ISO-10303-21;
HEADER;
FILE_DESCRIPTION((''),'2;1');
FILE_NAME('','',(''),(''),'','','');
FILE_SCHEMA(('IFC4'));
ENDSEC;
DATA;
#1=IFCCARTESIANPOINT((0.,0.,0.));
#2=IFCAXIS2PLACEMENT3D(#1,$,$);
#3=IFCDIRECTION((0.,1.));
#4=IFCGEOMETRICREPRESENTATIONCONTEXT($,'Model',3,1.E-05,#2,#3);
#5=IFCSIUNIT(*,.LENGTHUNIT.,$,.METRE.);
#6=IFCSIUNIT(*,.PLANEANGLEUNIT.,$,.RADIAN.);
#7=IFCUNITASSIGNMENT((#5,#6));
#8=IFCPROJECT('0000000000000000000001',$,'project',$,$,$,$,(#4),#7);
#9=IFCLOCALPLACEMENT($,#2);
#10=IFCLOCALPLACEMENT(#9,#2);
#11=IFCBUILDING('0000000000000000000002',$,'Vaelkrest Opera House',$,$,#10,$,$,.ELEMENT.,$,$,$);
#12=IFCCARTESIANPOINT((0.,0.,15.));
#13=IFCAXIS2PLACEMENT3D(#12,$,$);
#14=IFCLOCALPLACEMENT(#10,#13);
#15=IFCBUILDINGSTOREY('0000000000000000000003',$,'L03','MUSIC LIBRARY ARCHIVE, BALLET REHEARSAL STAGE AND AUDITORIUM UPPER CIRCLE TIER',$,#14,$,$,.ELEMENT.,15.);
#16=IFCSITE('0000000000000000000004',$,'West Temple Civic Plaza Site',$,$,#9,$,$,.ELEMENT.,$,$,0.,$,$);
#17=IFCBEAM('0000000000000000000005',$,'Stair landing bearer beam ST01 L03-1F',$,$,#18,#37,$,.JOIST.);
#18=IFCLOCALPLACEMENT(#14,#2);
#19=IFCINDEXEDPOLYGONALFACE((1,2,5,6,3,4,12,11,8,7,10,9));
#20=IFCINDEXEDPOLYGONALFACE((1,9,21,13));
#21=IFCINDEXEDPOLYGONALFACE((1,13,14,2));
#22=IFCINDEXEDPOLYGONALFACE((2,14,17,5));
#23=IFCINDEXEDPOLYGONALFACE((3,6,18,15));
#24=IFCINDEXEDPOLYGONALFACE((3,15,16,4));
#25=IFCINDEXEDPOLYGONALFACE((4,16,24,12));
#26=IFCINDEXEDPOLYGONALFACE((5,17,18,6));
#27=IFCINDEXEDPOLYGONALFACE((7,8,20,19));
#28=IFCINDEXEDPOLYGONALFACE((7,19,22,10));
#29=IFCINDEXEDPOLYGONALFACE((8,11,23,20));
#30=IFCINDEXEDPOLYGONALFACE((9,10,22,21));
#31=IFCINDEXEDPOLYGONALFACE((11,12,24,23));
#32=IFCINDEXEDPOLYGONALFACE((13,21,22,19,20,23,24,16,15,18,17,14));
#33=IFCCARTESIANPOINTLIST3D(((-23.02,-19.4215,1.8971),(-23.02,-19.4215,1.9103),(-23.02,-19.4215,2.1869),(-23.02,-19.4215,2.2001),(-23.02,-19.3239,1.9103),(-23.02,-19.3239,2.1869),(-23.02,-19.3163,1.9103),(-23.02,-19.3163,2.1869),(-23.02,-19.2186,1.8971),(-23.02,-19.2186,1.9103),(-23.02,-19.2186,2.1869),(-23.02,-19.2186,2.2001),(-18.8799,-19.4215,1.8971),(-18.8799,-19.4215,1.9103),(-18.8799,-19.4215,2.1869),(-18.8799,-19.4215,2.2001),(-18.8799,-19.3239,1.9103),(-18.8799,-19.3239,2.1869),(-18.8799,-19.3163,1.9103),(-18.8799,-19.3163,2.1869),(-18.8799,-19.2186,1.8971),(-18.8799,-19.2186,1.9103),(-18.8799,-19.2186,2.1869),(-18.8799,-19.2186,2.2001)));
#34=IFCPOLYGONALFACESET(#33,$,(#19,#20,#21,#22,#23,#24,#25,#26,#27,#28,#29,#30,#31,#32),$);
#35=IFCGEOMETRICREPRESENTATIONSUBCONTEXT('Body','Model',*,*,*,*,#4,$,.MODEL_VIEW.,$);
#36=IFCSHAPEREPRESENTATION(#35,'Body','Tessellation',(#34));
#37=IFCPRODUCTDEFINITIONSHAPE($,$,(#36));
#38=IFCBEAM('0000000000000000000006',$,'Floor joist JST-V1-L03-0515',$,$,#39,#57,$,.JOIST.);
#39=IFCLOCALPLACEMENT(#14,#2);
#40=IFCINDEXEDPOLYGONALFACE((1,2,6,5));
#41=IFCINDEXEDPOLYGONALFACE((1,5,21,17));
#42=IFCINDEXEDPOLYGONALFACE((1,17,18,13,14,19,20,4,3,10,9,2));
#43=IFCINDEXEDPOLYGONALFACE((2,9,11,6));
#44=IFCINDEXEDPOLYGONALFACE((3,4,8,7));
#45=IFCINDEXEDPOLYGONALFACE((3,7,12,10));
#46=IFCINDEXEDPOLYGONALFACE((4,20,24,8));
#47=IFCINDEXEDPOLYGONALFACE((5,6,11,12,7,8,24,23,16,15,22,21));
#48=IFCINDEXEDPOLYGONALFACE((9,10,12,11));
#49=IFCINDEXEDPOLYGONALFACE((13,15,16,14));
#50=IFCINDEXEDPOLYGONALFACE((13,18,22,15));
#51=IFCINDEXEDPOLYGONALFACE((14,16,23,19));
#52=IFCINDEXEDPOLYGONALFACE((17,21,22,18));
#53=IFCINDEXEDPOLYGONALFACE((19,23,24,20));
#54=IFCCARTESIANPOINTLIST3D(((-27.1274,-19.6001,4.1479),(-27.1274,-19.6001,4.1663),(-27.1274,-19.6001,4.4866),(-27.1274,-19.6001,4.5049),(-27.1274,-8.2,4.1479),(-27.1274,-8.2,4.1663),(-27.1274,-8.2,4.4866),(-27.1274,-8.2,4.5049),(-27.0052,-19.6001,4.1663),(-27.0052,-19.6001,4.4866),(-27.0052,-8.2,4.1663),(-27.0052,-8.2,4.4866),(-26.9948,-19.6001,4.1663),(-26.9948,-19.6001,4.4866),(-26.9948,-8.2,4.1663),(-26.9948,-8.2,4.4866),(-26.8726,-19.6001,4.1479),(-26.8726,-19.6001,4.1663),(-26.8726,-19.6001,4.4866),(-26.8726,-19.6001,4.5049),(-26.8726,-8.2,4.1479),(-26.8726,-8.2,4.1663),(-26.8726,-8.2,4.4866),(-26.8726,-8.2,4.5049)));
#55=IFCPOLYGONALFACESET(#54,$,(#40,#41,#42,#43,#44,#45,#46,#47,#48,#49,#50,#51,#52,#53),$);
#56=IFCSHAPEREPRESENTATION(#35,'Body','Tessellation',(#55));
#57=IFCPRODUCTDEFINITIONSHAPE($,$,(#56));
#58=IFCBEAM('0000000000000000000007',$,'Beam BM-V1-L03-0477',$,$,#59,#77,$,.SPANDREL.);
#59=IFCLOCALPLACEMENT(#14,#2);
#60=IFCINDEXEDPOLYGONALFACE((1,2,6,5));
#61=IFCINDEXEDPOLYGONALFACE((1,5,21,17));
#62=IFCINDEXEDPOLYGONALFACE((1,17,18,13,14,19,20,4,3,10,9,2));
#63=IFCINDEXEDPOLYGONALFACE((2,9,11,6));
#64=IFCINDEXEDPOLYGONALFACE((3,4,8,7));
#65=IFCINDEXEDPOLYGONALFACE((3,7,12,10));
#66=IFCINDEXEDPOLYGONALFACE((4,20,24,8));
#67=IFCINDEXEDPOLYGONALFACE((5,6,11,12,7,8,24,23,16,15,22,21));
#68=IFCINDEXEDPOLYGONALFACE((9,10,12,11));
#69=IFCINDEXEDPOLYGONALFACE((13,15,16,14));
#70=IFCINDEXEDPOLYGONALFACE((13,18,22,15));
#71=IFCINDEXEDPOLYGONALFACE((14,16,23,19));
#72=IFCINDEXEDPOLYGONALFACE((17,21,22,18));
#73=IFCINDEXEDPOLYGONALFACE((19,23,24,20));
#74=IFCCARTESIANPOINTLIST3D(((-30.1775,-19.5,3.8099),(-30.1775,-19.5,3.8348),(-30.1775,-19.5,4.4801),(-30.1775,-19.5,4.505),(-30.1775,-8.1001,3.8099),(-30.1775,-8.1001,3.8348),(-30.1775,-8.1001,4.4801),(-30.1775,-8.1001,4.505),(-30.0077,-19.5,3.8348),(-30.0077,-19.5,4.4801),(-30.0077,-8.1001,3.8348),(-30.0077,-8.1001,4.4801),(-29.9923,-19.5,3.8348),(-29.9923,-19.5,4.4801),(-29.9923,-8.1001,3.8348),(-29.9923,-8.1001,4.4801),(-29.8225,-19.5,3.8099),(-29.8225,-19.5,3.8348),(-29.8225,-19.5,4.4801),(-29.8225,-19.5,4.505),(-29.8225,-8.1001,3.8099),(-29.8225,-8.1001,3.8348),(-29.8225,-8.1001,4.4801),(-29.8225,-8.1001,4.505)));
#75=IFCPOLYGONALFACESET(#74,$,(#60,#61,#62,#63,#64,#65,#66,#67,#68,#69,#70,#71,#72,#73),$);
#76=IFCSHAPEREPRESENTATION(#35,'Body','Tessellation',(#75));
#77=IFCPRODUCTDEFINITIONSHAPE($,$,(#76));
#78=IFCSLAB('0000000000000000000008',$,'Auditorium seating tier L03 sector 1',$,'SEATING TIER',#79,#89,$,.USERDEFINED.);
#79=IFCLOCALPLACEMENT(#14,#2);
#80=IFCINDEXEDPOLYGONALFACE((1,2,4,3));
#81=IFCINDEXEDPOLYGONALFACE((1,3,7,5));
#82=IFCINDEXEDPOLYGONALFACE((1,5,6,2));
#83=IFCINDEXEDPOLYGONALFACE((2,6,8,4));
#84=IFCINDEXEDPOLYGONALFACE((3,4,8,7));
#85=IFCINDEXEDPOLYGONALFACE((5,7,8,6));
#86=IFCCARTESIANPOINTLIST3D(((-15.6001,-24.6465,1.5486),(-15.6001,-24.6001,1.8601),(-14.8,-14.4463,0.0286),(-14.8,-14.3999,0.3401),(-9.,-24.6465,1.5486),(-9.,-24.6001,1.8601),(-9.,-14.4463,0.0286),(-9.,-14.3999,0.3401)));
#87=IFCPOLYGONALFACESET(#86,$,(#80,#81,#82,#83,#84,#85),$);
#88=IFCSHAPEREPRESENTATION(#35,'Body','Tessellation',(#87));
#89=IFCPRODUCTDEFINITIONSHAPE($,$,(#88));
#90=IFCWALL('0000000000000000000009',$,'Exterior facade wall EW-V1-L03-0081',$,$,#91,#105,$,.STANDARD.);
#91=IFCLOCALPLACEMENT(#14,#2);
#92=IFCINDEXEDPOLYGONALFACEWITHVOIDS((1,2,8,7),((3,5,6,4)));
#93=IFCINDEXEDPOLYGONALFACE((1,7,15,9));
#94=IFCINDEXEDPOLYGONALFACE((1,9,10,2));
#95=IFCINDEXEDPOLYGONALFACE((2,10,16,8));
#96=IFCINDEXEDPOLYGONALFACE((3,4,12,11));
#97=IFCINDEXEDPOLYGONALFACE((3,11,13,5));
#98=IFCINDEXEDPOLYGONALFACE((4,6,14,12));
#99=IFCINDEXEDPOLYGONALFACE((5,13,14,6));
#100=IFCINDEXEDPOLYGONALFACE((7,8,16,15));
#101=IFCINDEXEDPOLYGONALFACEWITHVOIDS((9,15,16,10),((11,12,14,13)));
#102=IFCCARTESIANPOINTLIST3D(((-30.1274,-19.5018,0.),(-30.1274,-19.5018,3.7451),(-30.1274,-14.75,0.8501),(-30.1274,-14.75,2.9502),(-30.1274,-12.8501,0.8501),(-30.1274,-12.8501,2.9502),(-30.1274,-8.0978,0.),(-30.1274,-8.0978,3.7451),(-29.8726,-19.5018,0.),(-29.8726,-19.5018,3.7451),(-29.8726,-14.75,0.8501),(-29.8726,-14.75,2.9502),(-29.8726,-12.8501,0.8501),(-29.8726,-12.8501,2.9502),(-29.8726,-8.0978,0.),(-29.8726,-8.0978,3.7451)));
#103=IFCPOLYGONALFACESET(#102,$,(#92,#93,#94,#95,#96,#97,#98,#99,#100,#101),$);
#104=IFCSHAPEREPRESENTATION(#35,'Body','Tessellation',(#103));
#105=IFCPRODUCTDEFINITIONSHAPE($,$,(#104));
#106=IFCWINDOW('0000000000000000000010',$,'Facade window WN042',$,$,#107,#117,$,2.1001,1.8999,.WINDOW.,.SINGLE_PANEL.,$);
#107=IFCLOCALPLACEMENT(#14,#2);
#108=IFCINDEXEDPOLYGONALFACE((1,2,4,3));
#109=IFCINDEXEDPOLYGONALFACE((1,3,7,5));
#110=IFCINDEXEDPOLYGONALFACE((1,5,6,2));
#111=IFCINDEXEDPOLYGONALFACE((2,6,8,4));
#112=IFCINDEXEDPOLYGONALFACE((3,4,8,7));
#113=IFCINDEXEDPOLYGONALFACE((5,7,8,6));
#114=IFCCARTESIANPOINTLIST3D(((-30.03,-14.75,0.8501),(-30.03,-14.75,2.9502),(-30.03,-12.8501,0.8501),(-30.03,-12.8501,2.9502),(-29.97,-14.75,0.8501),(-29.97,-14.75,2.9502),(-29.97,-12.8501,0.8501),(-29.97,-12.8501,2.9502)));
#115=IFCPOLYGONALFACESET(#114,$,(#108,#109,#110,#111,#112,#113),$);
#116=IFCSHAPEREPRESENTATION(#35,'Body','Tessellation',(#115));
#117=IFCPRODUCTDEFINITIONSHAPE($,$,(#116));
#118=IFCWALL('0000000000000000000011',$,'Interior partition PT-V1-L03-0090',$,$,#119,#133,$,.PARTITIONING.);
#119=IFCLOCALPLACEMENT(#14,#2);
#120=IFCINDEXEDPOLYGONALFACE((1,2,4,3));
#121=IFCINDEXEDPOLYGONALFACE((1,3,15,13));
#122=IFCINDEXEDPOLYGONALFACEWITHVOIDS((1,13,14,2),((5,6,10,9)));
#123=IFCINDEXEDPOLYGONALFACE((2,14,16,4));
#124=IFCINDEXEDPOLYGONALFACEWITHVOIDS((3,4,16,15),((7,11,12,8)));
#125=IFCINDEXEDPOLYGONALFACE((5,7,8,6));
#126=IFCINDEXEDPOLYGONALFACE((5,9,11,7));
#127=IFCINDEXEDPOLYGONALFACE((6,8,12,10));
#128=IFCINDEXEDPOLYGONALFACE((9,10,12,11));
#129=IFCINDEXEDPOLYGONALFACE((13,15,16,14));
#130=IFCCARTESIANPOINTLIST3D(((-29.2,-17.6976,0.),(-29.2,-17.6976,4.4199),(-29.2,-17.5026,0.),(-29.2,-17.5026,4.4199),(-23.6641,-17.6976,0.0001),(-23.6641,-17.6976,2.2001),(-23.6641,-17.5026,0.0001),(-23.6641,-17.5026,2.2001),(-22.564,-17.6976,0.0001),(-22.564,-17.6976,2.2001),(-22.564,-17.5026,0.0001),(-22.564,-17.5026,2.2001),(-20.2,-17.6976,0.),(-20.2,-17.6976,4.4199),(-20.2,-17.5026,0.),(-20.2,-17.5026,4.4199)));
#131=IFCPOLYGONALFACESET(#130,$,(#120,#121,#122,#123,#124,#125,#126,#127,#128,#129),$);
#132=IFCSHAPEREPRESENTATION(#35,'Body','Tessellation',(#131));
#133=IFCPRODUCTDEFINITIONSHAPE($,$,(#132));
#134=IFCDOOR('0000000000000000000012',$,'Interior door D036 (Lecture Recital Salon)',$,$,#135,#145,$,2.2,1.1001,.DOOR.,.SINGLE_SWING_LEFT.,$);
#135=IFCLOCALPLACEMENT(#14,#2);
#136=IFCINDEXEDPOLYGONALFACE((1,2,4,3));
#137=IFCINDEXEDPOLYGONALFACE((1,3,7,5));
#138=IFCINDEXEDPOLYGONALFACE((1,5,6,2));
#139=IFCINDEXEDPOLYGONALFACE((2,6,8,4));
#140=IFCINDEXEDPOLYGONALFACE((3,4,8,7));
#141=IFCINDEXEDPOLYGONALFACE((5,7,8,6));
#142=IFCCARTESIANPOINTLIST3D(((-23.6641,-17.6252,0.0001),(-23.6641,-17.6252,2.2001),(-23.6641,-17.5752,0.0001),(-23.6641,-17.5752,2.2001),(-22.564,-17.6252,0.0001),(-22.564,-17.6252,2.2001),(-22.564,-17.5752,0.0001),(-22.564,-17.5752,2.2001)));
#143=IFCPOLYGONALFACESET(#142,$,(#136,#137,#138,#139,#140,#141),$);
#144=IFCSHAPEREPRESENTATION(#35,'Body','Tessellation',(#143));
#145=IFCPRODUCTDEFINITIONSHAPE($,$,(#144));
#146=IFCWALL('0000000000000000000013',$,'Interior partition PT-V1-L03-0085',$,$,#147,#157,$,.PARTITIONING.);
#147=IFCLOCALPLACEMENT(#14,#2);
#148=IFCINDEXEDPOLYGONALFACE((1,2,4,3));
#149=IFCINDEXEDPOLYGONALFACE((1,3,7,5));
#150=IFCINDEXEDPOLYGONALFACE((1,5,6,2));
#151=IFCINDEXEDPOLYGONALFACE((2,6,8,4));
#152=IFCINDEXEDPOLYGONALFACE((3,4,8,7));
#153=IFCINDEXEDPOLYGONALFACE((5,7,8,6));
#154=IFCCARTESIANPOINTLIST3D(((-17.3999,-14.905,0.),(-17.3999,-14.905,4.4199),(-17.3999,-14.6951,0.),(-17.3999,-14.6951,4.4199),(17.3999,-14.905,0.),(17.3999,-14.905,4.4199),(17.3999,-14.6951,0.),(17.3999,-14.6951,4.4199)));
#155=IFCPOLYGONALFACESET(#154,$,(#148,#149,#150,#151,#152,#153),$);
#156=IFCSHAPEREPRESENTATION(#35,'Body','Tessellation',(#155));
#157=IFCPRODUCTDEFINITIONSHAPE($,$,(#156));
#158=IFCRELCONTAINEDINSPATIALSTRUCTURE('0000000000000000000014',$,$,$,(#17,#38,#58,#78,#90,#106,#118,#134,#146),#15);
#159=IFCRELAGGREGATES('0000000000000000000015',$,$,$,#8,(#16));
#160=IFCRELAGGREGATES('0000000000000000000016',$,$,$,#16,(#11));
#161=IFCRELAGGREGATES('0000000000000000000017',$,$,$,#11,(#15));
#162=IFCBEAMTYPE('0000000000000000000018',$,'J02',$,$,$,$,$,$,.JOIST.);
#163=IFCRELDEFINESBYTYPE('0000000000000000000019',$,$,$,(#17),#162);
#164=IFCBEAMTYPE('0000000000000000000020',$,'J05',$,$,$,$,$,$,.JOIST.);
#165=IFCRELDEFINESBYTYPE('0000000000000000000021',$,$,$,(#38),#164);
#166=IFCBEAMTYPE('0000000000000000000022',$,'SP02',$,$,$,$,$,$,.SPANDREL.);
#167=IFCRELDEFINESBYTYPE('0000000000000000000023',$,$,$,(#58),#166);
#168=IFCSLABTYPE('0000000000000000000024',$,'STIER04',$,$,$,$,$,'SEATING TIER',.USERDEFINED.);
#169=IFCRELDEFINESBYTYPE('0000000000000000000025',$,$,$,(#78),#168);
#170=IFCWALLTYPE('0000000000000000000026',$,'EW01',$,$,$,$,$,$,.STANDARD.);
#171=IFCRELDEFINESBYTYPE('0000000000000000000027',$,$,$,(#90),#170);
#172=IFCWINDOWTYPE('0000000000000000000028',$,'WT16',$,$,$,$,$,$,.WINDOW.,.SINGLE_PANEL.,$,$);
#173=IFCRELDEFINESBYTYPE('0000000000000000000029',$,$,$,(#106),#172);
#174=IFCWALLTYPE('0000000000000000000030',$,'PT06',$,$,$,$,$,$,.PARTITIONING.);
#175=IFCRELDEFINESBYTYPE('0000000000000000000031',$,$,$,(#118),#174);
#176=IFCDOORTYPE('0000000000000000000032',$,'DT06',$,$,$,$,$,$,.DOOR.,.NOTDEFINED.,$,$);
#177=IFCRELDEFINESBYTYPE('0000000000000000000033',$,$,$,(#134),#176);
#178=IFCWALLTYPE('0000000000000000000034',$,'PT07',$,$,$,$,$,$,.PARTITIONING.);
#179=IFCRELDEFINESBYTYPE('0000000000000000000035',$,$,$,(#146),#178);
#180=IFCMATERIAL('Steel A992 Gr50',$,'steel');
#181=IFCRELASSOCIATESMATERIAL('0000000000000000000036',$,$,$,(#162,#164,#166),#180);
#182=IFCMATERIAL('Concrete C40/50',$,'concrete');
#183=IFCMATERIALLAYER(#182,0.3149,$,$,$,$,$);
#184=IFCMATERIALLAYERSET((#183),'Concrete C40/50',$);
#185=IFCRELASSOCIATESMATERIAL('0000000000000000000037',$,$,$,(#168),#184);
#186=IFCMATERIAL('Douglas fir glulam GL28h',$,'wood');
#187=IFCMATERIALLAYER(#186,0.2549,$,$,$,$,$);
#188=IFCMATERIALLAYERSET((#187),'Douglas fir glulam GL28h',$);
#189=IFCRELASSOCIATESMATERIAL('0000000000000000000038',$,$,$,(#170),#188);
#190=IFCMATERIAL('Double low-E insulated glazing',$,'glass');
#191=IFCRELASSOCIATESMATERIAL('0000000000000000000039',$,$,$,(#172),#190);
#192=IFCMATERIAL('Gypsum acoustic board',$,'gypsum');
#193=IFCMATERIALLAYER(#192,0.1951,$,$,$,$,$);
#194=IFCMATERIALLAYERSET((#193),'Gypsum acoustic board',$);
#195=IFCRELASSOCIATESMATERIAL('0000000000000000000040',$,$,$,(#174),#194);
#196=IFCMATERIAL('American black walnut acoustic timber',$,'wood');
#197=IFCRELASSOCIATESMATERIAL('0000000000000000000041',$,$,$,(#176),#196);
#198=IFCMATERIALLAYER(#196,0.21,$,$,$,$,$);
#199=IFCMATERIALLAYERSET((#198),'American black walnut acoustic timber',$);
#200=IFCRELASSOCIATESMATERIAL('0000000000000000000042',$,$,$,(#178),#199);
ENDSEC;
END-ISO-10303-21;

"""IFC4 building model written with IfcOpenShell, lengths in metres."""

from ifc_helpers import new_model, si_unit, direction, frame, frame_2d, origin, origin_2d, place, context, subcontext, project, spatial, polyline, rectangle, i_section, outline, extrude, material, layer, layer_set, material_profile, profile_set, type_object, element, fill, save


model = new_model("IFC4")

# Units and contexts
model_context = context("Model", 3, precision=1e-05, world=origin(), true_north=direction((0.0, 1.0)))
body_context = subcontext(model_context, "Body", "Model", "MODEL_VIEW")
ifc_project = project(units=[si_unit("LENGTHUNIT", "METRE"), si_unit("PLANEANGLEUNIT", "RADIAN")], contexts=[model_context])

# Site, building, storey
site_placement = place(None, origin())
site = spatial("IfcSite", under=ifc_project, at=site_placement, Name="West Temple Civic Plaza Site", CompositionType="ELEMENT", RefElevation=0.0)
building_placement = place(site_placement, origin())
building = spatial("IfcBuilding", under=site, at=building_placement, Name="Vaelkrest Opera House", CompositionType="ELEMENT")
storey_placement = place(building_placement, frame((0.0, 0.0, 15.0)))
storey = spatial("IfcBuildingStorey", under=building, at=storey_placement, Name="L03", Description="MUSIC LIBRARY ARCHIVE, BALLET REHEARSAL STAGE AND AUDITORIUM UPPER CIRCLE TIER", CompositionType="ELEMENT", Elevation=15.0)

# Beams
ifc_material_1 = material(Name="Steel A992 Gr50", Category="steel")
ifc_material_profile_1 = material_profile(ifc_material_1, i_section(OverallWidth=0.2029, OverallDepth=0.303, WebThickness=0.0076, FlangeThickness=0.0132, at=origin_2d()), Name="W12X40")
ifc_profile_set_1 = profile_set([ifc_material_profile_1], Name="Steel A992 Gr50")
beam_type_1 = type_object("IfcBeamType", Name="J02", PredefinedType="JOIST", material=ifc_profile_set_1)
beam_1_placement = place(storey_placement, frame((-23.02, -19.3201, 2.0486), z_axis=(1.0, 0.0, 0.0), x_axis=(0.0, 1.0, 0.0)))
element("IfcBeam", 1, at=beam_1_placement, inside=storey, type_object=beam_type_1, Name="Stair landing bearer beam ST01 L03-1F", PredefinedType="JOIST", context=body_context, shape_type="SweptSolid", body=[
    extrude(i_section(OverallWidth=0.2029, OverallDepth=0.303, WebThickness=0.0076, FlangeThickness=0.0132, at=origin_2d()), origin(), (0.0, 0.0, 1.0), 4.1401),
])
ifc_material_profile_2 = material_profile(ifc_material_1, i_section(OverallWidth=0.2549, OverallDepth=0.3569, WebThickness=0.0105, FlangeThickness=0.0183, at=origin_2d()), Name="W14X68")
ifc_profile_set_2 = profile_set([ifc_material_profile_2], Name="Steel A992 Gr50")
beam_type_2 = type_object("IfcBeamType", Name="J05", PredefinedType="JOIST", material=ifc_profile_set_2)
beam_2_placement = place(storey_placement, frame((-27.0, -19.6001, 4.3264), z_axis=(0.0, 1.0, 0.0), x_axis=(-1.0, 0.0, 0.0)))
element("IfcBeam", 2, at=beam_2_placement, inside=storey, type_object=beam_type_2, Name="Floor joist JST-V1-L03-0515", PredefinedType="JOIST", context=body_context, shape_type="SweptSolid", body=[
    extrude(i_section(OverallWidth=0.2549, OverallDepth=0.3569, WebThickness=0.0105, FlangeThickness=0.0183, at=origin_2d()), origin(), (0.0, 0.0, 1.0), 11.4001),
])
ifc_material_profile_3 = material_profile(ifc_material_1, i_section(OverallWidth=0.355, OverallDepth=0.6951, WebThickness=0.0154, FlangeThickness=0.0249, at=origin_2d()), Name="W27X146")
ifc_profile_set_3 = profile_set([ifc_material_profile_3], Name="Steel A992 Gr50")
beam_type_3 = type_object("IfcBeamType", Name="SP02", PredefinedType="SPANDREL", material=ifc_profile_set_3)
beam_3_placement = place(storey_placement, frame((-30.0, -19.5, 4.1575), z_axis=(0.0, 1.0, 0.0), x_axis=(-1.0, 0.0, 0.0)))
element("IfcBeam", 3, at=beam_3_placement, inside=storey, type_object=beam_type_3, Name="Beam BM-V1-L03-0477", PredefinedType="SPANDREL", context=body_context, shape_type="SweptSolid", body=[
    extrude(i_section(OverallWidth=0.355, OverallDepth=0.6951, WebThickness=0.0154, FlangeThickness=0.0249, at=origin_2d()), origin(), (0.0, 0.0, 1.0), 11.3999),
])

# Slab
ifc_material_2 = material(Name="Concrete C40/50", Category="concrete")
ifc_layer_1 = layer(ifc_material_2, 0.3149)
ifc_layer_set_1 = layer_set([ifc_layer_1], Name="Concrete C40/50")
slab_type = type_object("IfcSlabType", Name="STIER04", ElementType="SEATING TIER", PredefinedType="USERDEFINED", material=ifc_layer_set_1)
slab_placement = place(storey_placement, frame((-14.8, -14.3999, 0.3401), z_axis=(0.0, 0.147391, 0.989078), x_axis=(1.0, 0.0, 0.0)))
element("IfcSlab", 4, at=slab_placement, inside=storey, type_object=slab_type, Name="Auditorium seating tier L03 sector 1", ObjectType="SEATING TIER", PredefinedType="USERDEFINED", context=body_context, shape_type="SweptSolid", body=[
    extrude(outline(polyline([(0.0, 0.0), (5.8, 0.0), (5.8, -10.3128), (-0.8, -10.3128), (0.0, 0.0)])), origin(), (0.0, 0.0, -1.0), 0.3149),
])

# Wall, opening, window
ifc_material_3 = material(Name="Douglas fir glulam GL28h", Category="wood")
ifc_layer_2 = layer(ifc_material_3, 0.2549)
ifc_layer_set_2 = layer_set([ifc_layer_2], Name="Douglas fir glulam GL28h")
wall_type_1 = type_object("IfcWallType", Name="EW01", PredefinedType="STANDARD", material=ifc_layer_set_2)
wall_1_placement = place(storey_placement, frame((-30.0, -19.502, 0.0), z_axis=(0.0, 0.0, 1.0), x_axis=(0.0, 1.0, 0.0)))
wall_1 = element("IfcWall", 5, at=wall_1_placement, inside=storey, type_object=wall_type_1, Name="Exterior facade wall EW-V1-L03-0081", PredefinedType="STANDARD", context=body_context, shape_type="SweptSolid", body=[
    extrude(rectangle(XDim=11.4041, YDim=0.2549, at=frame_2d((5.7021, 0.0))), origin(), (0.0, 0.0, 1.0), 3.7451),
])
opening_1_placement = place(wall_1_placement, frame((4.752, 0.0, 0.8501)))
opening_1 = element("IfcOpeningElement", 6, at=opening_1_placement, cuts=wall_1, PredefinedType="OPENING", context=body_context, shape_type="SweptSolid", body=[
    extrude(rectangle(XDim=1.8999, YDim=2.1001, at=frame_2d((0.95, 1.05))), frame((0.0, 0.1375, 0.0), z_axis=(0.0, -1.0, 0.0), x_axis=(1.0, 0.0, 0.0)), (0.0, 0.0, 1.0), 0.2749),
])
ifc_material_4 = material(Name="Double low-E insulated glazing", Category="glass")
window_type = type_object("IfcWindowType", Name="WT16", PartitioningType="SINGLE_PANEL", PredefinedType="WINDOW", material=ifc_material_4)
window_placement = place(opening_1_placement, origin())
window = element("IfcWindow", 7, at=window_placement, inside=storey, type_object=window_type, Name="Facade window WN042", OverallHeight=2.1001, OverallWidth=1.8999, PartitioningType="SINGLE_PANEL", PredefinedType="WINDOW", context=body_context, shape_type="SweptSolid", body=[
    extrude(rectangle(XDim=1.8999, YDim=2.1001, at=frame_2d((0.95, 1.05))), frame((0.0, 0.03, 0.0), z_axis=(0.0, -1.0, 0.0), x_axis=(1.0, 0.0, 0.0)), (0.0, 0.0, 1.0), 0.0601),
])
fill(opening_1, window)

# Wall, opening, door
ifc_material_5 = material(Name="Gypsum acoustic board", Category="gypsum")
ifc_layer_3 = layer(ifc_material_5, 0.1951)
ifc_layer_set_3 = layer_set([ifc_layer_3], Name="Gypsum acoustic board")
wall_type_2 = type_object("IfcWallType", Name="PT06", PredefinedType="PARTITIONING", material=ifc_layer_set_3)
wall_2_placement = place(storey_placement, frame((-29.2, -17.6001, 0.0), z_axis=(0.0, 0.0, 1.0), x_axis=(1.0, 0.0, 0.0)))
wall_2 = element("IfcWall", 8, at=wall_2_placement, inside=storey, type_object=wall_type_2, Name="Interior partition PT-V1-L03-0090", PredefinedType="PARTITIONING", context=body_context, shape_type="SweptSolid", body=[
    extrude(rectangle(XDim=9.0, YDim=0.1951, at=frame_2d((4.5, 0.0))), origin(), (0.0, 0.0, 1.0), 4.4199),
])
opening_2_placement = place(wall_2_placement, frame((5.5359, 0.0, 0.0)))
opening_2 = element("IfcOpeningElement", 9, at=opening_2_placement, cuts=wall_2, PredefinedType="OPENING", context=body_context, shape_type="SweptSolid", body=[
    extrude(rectangle(XDim=1.1001, YDim=2.2, at=frame_2d((0.55, 1.1001))), frame((0.0, 0.1074, 0.0), z_axis=(0.0, -1.0, 0.0), x_axis=(1.0, 0.0, 0.0)), (0.0, 0.0, 1.0), 0.2151),
])
ifc_material_6 = material(Name="American black walnut acoustic timber", Category="wood")
door_type = type_object("IfcDoorType", Name="DT06", OperationType="NOTDEFINED", PredefinedType="DOOR", material=ifc_material_6)
door_placement = place(opening_2_placement, origin())
door = element("IfcDoor", 10, at=door_placement, inside=storey, type_object=door_type, Name="Interior door D036 (Lecture Recital Salon)", OperationType="SINGLE_SWING_LEFT", OverallHeight=2.2, OverallWidth=1.1001, PredefinedType="DOOR", context=body_context, shape_type="SweptSolid", body=[
    extrude(rectangle(XDim=1.1001, YDim=2.2, at=frame_2d((0.55, 1.1001))), frame((0.0, 0.0249, 0.0), z_axis=(0.0, -1.0, 0.0), x_axis=(1.0, 0.0, 0.0)), (0.0, 0.0, 1.0), 0.05),
])
fill(opening_2, door)

# Wall
ifc_layer_4 = layer(ifc_material_6, 0.21)
ifc_layer_set_4 = layer_set([ifc_layer_4], Name="American black walnut acoustic timber")
wall_type_3 = type_object("IfcWallType", Name="PT07", PredefinedType="PARTITIONING", material=ifc_layer_set_4)
wall_3_placement = place(storey_placement, frame((-17.3999, -14.8, 0.0), z_axis=(0.0, 0.0, 1.0), x_axis=(1.0, 0.0, 0.0)))
element("IfcWall", 11, at=wall_3_placement, inside=storey, type_object=wall_type_3, Name="Interior partition PT-V1-L03-0085", PredefinedType="PARTITIONING", context=body_context, shape_type="SweptSolid", body=[
    extrude(rectangle(XDim=34.7998, YDim=0.21, at=frame_2d((17.3999, 0.0))), origin(), (0.0, 0.0, 1.0), 4.4199),
])

save(model, "model.ifc")
